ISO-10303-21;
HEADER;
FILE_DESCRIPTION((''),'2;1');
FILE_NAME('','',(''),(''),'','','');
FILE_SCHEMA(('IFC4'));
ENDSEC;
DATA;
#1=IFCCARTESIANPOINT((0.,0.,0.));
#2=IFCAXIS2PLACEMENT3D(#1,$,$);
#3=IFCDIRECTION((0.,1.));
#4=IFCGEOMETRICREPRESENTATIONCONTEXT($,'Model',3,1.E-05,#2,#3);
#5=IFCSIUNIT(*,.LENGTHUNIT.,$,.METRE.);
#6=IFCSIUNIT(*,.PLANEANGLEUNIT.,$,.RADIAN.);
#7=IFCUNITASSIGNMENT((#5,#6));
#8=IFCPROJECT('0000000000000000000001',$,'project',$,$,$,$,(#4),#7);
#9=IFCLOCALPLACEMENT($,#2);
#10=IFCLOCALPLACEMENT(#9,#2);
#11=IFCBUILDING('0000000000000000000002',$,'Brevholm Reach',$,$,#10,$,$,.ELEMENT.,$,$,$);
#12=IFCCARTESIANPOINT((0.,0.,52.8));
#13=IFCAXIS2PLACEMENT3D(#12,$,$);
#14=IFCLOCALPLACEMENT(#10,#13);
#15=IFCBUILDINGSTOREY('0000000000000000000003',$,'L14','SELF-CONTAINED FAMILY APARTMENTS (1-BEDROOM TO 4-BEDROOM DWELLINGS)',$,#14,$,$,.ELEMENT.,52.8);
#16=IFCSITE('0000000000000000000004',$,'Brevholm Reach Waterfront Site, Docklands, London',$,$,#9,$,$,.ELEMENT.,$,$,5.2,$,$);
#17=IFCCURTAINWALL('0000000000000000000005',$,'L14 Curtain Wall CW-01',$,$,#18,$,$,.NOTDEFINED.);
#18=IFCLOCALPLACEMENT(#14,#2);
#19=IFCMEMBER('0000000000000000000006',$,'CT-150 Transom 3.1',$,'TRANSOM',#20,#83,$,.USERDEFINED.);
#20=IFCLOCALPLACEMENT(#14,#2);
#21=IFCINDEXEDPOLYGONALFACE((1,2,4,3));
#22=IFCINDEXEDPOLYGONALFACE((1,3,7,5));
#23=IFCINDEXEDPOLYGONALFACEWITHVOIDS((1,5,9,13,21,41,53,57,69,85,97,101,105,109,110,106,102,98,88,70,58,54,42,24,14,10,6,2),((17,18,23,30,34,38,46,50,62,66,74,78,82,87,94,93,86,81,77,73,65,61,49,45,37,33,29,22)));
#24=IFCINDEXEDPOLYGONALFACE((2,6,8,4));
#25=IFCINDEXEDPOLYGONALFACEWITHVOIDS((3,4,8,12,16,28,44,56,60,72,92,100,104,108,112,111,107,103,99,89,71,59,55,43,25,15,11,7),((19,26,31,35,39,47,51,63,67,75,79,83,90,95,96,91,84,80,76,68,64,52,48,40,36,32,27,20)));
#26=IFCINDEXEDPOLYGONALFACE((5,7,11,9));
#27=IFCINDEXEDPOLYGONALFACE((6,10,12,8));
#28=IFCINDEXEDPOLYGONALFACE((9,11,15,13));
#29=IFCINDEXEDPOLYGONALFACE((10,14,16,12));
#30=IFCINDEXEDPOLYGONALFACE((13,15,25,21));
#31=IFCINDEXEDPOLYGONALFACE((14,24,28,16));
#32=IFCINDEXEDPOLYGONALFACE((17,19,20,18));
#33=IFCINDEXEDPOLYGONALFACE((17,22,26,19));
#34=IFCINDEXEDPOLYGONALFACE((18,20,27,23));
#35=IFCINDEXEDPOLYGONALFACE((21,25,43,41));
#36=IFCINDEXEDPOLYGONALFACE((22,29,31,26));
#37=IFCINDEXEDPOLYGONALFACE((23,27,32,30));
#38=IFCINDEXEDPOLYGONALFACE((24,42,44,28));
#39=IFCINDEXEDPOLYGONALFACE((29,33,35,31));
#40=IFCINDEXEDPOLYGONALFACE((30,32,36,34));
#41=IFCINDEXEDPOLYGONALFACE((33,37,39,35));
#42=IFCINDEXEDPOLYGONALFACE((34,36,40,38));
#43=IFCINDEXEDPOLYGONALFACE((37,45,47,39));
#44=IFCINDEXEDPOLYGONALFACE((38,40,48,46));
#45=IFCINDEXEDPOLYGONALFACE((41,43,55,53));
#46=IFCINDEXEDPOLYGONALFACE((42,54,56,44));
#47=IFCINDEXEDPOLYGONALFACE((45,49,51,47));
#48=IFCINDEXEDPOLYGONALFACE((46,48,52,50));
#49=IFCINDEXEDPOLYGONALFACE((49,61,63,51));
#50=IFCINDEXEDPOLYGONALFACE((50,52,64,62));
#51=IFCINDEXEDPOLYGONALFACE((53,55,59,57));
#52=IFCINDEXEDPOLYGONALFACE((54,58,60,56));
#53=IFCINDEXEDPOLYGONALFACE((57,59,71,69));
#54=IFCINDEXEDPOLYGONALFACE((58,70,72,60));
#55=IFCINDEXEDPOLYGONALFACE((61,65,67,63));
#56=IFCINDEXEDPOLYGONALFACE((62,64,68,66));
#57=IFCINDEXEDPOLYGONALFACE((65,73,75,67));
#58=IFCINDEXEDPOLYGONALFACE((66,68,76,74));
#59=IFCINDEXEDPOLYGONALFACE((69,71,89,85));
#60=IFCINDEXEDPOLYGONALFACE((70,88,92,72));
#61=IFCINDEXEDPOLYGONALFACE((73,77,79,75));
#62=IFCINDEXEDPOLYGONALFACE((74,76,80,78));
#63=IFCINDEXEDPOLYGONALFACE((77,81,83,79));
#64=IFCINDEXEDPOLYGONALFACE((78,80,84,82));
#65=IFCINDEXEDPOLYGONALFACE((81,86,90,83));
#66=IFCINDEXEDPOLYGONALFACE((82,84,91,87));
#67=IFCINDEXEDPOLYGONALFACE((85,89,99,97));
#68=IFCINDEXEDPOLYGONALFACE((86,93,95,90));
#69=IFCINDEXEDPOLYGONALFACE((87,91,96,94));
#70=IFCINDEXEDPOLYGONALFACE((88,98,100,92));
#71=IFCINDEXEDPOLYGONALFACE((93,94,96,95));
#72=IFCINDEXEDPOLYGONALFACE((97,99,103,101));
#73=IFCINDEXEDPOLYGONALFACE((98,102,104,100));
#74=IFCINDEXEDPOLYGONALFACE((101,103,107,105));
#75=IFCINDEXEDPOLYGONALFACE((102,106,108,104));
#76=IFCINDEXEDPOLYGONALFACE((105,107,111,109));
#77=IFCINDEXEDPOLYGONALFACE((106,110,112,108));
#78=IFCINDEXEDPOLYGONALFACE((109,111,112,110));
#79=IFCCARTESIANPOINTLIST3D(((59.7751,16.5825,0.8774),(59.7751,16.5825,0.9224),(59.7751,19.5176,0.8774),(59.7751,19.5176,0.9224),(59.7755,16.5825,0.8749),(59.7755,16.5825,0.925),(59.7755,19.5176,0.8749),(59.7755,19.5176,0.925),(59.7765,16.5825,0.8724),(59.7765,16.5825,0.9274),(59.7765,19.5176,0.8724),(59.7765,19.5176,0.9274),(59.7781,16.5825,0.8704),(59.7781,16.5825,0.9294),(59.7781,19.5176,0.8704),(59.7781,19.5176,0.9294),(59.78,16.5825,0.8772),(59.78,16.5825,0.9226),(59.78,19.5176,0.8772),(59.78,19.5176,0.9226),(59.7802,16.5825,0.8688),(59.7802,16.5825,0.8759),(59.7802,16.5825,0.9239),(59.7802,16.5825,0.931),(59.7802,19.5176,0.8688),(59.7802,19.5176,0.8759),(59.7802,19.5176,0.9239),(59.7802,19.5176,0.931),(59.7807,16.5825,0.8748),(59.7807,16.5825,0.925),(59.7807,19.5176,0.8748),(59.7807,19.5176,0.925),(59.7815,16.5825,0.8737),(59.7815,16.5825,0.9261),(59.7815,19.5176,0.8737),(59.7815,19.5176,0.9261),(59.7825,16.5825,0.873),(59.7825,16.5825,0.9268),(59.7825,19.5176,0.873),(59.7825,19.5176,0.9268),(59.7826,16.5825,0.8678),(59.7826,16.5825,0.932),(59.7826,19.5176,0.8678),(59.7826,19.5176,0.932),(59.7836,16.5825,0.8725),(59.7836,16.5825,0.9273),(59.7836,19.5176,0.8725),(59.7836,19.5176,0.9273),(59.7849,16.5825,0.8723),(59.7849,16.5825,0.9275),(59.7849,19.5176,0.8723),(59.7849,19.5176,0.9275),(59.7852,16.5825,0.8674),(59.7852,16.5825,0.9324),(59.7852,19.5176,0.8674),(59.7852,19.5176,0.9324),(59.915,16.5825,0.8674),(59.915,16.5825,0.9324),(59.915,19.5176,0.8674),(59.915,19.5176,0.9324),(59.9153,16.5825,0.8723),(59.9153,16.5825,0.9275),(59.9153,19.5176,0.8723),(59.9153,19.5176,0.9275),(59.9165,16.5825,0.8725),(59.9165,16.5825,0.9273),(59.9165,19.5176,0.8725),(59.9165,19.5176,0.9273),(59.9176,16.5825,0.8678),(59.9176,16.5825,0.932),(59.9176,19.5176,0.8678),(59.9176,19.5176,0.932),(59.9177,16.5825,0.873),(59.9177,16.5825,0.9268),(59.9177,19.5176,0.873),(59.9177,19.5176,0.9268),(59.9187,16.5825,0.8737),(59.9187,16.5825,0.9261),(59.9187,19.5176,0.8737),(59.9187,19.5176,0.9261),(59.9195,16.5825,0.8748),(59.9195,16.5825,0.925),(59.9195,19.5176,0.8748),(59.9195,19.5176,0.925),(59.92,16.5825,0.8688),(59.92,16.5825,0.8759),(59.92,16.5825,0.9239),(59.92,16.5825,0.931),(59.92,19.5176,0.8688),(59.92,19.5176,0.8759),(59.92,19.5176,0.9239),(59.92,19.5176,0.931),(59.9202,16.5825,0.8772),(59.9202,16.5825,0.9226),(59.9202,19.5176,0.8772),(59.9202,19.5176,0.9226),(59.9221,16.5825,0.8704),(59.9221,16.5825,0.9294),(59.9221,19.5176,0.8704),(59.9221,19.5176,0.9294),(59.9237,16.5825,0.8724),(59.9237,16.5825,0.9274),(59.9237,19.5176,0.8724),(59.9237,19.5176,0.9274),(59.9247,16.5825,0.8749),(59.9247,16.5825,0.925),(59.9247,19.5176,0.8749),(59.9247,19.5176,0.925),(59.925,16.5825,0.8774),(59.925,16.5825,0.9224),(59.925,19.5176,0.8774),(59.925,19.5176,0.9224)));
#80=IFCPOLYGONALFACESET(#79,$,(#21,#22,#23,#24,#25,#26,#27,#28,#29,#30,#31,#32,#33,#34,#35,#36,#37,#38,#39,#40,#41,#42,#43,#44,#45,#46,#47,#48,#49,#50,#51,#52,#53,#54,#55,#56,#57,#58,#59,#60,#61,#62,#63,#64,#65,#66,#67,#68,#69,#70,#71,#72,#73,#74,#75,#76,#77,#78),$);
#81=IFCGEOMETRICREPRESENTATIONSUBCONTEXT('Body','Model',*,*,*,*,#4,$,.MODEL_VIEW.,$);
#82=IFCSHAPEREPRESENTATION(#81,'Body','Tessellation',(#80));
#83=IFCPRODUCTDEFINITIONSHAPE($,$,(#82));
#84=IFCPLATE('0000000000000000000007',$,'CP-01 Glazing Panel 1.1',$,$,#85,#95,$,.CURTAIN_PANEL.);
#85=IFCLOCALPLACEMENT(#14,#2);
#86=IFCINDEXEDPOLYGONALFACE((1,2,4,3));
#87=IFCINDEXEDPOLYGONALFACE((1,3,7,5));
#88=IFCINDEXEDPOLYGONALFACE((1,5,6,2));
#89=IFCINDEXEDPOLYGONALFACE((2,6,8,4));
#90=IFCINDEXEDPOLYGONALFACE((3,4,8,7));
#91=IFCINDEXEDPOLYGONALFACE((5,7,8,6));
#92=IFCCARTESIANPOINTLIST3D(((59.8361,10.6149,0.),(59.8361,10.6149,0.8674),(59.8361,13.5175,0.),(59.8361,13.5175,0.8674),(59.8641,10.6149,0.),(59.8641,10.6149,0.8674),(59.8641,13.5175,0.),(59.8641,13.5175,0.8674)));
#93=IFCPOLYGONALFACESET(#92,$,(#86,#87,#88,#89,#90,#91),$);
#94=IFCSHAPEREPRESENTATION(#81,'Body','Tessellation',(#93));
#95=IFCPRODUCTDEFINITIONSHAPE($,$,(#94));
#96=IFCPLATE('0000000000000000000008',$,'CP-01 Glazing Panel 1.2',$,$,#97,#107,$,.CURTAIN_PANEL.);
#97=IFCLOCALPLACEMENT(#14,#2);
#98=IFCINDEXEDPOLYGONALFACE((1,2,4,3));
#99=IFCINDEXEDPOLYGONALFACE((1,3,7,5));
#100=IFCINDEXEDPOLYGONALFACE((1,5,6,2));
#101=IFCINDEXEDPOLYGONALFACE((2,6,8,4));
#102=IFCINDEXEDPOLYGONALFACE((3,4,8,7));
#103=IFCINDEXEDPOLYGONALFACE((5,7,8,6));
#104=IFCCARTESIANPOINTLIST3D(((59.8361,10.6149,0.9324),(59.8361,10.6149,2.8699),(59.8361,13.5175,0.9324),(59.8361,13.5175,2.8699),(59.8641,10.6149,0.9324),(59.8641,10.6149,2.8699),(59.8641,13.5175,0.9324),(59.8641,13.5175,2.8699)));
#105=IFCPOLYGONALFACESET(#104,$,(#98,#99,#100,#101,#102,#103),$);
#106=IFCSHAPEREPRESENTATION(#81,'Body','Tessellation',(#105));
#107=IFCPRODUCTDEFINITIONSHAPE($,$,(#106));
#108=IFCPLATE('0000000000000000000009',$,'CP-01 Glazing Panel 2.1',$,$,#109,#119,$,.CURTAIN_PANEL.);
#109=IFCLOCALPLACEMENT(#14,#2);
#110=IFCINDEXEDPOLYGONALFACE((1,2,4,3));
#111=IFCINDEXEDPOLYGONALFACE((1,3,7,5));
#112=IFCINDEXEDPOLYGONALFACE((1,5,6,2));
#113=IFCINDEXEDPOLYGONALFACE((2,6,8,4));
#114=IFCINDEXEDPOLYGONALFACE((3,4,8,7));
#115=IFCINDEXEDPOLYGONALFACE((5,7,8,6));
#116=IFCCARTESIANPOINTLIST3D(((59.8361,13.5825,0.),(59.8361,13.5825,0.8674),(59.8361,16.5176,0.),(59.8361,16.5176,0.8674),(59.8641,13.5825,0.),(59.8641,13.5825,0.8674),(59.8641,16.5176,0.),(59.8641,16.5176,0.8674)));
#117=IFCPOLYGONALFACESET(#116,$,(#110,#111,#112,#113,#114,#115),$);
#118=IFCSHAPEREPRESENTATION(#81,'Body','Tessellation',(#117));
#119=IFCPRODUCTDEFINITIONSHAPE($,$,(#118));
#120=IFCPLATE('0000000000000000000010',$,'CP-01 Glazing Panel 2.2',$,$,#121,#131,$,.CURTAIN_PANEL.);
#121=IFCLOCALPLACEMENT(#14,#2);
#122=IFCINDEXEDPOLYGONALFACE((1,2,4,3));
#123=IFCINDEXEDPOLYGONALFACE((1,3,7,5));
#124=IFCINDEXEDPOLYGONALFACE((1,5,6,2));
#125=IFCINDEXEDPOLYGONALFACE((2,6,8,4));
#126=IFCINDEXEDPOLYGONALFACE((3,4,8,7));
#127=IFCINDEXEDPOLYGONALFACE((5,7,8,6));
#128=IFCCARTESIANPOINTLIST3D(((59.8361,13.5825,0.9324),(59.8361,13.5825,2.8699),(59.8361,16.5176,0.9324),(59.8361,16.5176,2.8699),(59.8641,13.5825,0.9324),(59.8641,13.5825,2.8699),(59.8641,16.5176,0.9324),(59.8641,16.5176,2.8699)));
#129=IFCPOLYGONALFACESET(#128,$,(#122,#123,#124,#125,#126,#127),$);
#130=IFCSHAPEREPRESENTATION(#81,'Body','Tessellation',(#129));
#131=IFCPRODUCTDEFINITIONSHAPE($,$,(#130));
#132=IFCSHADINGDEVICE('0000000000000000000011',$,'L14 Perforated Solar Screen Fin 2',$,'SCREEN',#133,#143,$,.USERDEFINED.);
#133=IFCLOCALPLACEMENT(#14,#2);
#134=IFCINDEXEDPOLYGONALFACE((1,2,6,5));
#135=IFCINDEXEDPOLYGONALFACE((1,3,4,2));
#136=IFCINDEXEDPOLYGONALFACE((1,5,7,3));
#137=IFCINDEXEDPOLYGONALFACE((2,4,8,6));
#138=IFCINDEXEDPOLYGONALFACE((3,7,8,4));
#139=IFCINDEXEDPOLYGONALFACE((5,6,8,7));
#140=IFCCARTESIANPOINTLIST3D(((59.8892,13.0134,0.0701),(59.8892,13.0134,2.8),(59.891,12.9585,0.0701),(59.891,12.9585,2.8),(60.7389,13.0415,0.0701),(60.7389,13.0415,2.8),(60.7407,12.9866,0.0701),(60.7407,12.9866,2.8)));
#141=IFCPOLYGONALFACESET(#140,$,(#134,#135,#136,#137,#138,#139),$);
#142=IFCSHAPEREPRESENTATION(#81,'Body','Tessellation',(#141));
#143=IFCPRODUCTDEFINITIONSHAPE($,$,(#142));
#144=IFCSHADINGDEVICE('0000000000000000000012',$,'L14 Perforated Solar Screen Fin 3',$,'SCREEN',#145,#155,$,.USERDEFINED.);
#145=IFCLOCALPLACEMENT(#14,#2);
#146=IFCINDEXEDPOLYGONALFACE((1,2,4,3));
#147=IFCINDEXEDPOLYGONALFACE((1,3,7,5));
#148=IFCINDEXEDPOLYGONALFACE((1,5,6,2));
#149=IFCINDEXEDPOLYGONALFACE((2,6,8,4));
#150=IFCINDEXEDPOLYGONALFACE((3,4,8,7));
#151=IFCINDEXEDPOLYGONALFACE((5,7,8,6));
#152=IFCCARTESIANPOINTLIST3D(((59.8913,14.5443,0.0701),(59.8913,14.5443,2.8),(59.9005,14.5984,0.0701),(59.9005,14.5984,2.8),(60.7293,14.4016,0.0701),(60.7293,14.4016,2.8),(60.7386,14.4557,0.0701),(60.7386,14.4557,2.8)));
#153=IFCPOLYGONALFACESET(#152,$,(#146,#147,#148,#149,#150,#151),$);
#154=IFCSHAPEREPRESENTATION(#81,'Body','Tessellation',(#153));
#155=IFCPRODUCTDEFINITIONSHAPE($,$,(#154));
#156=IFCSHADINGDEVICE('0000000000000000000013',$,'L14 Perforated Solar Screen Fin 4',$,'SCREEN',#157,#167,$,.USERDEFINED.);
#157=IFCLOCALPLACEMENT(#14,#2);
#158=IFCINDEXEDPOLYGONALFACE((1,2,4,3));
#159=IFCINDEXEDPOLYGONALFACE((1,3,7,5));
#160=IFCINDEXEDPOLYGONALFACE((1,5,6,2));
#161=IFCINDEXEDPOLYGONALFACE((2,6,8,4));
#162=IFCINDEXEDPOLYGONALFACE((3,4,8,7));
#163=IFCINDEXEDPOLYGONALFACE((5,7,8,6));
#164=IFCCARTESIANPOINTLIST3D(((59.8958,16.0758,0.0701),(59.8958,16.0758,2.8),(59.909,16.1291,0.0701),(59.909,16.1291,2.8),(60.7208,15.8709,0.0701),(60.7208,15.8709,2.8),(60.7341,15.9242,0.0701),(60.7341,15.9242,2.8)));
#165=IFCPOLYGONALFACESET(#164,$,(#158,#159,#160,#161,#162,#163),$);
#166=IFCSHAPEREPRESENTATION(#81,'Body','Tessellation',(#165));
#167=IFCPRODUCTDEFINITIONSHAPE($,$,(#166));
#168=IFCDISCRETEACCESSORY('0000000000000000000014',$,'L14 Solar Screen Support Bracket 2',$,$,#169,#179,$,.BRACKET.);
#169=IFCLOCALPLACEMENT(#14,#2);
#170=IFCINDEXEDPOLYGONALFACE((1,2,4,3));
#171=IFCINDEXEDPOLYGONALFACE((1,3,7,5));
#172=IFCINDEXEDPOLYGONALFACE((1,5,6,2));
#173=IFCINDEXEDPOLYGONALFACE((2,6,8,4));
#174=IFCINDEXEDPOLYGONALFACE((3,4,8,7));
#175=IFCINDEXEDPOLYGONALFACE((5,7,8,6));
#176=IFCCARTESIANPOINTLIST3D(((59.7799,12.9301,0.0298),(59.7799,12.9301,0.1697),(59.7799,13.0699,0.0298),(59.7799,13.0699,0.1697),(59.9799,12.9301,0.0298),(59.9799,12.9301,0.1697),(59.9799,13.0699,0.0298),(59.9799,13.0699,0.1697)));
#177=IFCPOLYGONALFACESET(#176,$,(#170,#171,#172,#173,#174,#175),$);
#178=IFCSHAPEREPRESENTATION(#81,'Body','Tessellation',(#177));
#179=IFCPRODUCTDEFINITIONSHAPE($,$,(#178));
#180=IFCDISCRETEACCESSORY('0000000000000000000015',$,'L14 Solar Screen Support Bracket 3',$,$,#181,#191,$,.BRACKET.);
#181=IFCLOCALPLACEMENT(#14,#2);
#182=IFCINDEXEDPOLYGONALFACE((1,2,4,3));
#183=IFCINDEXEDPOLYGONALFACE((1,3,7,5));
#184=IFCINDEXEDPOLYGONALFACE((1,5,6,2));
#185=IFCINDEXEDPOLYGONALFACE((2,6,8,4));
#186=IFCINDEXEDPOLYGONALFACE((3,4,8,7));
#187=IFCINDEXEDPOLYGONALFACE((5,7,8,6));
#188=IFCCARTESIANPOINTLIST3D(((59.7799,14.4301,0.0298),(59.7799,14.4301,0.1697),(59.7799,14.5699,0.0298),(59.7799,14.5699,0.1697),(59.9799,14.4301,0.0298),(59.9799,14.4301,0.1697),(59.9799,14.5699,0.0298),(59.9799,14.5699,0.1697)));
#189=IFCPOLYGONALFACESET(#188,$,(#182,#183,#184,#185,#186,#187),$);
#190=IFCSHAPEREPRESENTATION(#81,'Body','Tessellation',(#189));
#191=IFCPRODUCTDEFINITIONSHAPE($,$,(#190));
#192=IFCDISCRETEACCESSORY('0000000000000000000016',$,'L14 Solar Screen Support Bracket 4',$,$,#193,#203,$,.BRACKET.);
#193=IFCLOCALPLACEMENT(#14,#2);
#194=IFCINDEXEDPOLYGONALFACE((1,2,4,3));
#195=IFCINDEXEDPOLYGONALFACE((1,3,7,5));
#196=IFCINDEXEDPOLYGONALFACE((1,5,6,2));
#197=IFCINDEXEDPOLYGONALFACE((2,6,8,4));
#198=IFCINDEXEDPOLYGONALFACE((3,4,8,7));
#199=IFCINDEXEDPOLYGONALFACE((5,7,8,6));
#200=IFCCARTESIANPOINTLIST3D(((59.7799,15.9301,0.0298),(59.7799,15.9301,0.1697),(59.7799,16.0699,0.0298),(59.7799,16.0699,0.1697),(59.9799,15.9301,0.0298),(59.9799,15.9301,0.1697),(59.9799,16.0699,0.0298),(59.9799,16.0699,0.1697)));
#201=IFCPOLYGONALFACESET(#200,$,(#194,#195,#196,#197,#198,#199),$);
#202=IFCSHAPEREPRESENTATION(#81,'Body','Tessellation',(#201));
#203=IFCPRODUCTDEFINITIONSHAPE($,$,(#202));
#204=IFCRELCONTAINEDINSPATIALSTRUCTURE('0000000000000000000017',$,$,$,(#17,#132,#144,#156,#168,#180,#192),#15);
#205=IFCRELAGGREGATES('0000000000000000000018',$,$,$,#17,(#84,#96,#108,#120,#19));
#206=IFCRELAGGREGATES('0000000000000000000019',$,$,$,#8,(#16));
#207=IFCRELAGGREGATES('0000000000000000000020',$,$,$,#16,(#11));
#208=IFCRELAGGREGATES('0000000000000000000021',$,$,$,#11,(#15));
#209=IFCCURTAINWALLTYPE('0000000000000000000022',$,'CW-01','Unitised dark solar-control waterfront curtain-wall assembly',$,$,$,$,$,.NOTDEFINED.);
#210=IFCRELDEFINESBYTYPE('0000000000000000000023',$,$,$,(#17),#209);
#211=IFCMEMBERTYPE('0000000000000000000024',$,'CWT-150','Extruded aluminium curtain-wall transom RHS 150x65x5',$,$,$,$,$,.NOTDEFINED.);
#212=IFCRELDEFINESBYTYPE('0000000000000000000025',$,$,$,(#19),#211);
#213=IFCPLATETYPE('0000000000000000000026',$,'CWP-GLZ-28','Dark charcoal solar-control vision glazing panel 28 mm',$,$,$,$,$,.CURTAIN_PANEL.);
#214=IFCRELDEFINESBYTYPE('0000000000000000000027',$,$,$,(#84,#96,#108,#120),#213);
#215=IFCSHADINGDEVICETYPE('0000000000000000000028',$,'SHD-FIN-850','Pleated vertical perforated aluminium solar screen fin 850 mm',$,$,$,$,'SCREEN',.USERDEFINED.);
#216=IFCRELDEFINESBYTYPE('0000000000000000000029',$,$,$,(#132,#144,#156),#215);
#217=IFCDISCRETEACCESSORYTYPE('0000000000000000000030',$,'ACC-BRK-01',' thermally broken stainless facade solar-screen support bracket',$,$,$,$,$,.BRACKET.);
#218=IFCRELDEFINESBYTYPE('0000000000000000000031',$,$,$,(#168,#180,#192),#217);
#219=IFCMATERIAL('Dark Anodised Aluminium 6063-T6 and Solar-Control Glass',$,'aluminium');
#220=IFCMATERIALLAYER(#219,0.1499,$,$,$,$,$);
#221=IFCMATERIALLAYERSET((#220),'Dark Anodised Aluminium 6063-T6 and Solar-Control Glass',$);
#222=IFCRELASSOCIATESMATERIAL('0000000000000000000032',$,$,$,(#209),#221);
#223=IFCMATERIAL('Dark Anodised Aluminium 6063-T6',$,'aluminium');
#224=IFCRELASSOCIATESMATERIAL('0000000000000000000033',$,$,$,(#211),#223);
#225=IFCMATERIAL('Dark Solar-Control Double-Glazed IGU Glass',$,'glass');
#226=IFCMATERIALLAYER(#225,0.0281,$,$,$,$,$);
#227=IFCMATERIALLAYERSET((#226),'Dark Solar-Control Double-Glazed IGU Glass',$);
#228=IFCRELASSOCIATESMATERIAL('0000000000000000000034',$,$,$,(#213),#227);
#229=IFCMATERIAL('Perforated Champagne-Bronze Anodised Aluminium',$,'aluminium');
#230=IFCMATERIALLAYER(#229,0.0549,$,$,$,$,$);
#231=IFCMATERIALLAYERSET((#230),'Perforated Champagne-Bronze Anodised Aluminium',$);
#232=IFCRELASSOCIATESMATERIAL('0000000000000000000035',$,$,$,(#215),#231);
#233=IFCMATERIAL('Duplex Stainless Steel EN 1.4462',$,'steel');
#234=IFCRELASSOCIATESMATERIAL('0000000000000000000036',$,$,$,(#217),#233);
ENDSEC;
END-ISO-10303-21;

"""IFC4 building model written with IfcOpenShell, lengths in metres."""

from ifc_helpers import new_model, si_unit, direction, frame, origin, origin_2d, place, context, subcontext, project, spatial, rectangle, hollow_rectangle, extrude, material, layer, layer_set, material_profile, profile_set, type_object, element, aggregate, save


model = new_model("IFC4")

# Units and contexts
model_context = context("Model", 3, precision=1e-05, world=origin(), true_north=direction((0.0, 1.0)))
body_context = subcontext(model_context, "Body", "Model", "MODEL_VIEW")
ifc_project = project(units=[si_unit("LENGTHUNIT", "METRE"), si_unit("PLANEANGLEUNIT", "RADIAN")], contexts=[model_context])

# Site, building, storey
site_placement = place(None, origin())
site = spatial("IfcSite", under=ifc_project, at=site_placement, Name="Brevholm Reach Waterfront Site, Docklands, London", CompositionType="ELEMENT", RefElevation=5.2)
building_placement = place(site_placement, origin())
building = spatial("IfcBuilding", under=site, at=building_placement, Name="Brevholm Reach", CompositionType="ELEMENT")
storey_placement = place(building_placement, frame((0.0, 0.0, 52.8)))
storey = spatial("IfcBuildingStorey", under=building, at=storey_placement, Name="L14", Description="SELF-CONTAINED FAMILY APARTMENTS (1-BEDROOM TO 4-BEDROOM DWELLINGS)", CompositionType="ELEMENT", Elevation=52.8)

# Curtain wall, member, plates
ifc_material_1 = material(Name="Dark Anodised Aluminium 6063-T6 and Solar-Control Glass", Category="aluminium")
ifc_layer_1 = layer(ifc_material_1, 0.1499)
ifc_layer_set_1 = layer_set([ifc_layer_1], Name="Dark Anodised Aluminium 6063-T6 and Solar-Control Glass")
curtain_wall_type = type_object("IfcCurtainWallType", Name="CW-01", Description="Unitised dark solar-control waterfront curtain-wall assembly", PredefinedType="NOTDEFINED", material=ifc_layer_set_1)
curtain_wall_placement = place(storey_placement, origin())
curtain_wall = element("IfcCurtainWall", 1, at=curtain_wall_placement, inside=storey, type_object=curtain_wall_type, Name="L14 Curtain Wall CW-01", PredefinedType="NOTDEFINED")
ifc_material_2 = material(Name="Dark Anodised Aluminium 6063-T6", Category="aluminium")
ifc_material_profile_1 = material_profile(ifc_material_2, hollow_rectangle(XDim=0.0649, YDim=0.1499, WallThickness=0.0049, InnerFilletRadius=0.0049, OuterFilletRadius=0.01, at=origin_2d()), Name="RHS 150x65x5")
ifc_profile_set_1 = profile_set([ifc_material_profile_1], Name="Dark Anodised Aluminium 6063-T6")
member_type_1 = type_object("IfcMemberType", Name="CWT-150", Description="Extruded aluminium curtain-wall transom RHS 150x65x5", PredefinedType="NOTDEFINED", material=ifc_profile_set_1)
member_1_placement = place(storey_placement, frame((59.8501, 16.5825, 0.8999), z_axis=(0.0, 1.0, 0.0), x_axis=(0.0, 0.0, 1.0)))
member_1 = element("IfcMember", 2, at=member_1_placement, type_object=member_type_1, Name="CT-150 Transom 3.1", ObjectType="TRANSOM", PredefinedType="USERDEFINED", context=body_context, shape_type="SweptSolid", body=[
    extrude(hollow_rectangle(XDim=0.0649, YDim=0.1499, WallThickness=0.0049, InnerFilletRadius=0.0049, OuterFilletRadius=0.01, at=origin_2d()), origin(), (0.0, 0.0, 1.0), 2.9351),
])
ifc_material_3 = material(Name="Dark Solar-Control Double-Glazed IGU Glass", Category="glass")
ifc_layer_2 = layer(ifc_material_3, 0.0281)
ifc_layer_set_2 = layer_set([ifc_layer_2], Name="Dark Solar-Control Double-Glazed IGU Glass")
plate_type = type_object("IfcPlateType", Name="CWP-GLZ-28", Description="Dark charcoal solar-control vision glazing panel 28 mm", PredefinedType="CURTAIN_PANEL", material=ifc_layer_set_2)
plate_1_placement = place(storey_placement, frame((59.8501, 12.0662, 0.0), z_axis=(0.0, 0.0, 1.0), x_axis=(0.0, 1.0, 0.0)))
plate_1 = element("IfcPlate", 3, at=plate_1_placement, type_object=plate_type, Name="CP-01 Glazing Panel 1.1", PredefinedType="CURTAIN_PANEL", context=body_context, shape_type="SweptSolid", body=[
    extrude(rectangle(XDim=2.9026, YDim=0.0281, at=origin_2d()), origin(), (0.0, 0.0, 1.0), 0.8674),
])
plate_2_placement = place(storey_placement, frame((59.8501, 12.0662, 0.9324), z_axis=(0.0, 0.0, 1.0), x_axis=(0.0, 1.0, 0.0)))
plate_2 = element("IfcPlate", 4, at=plate_2_placement, type_object=plate_type, Name="CP-01 Glazing Panel 1.2", PredefinedType="CURTAIN_PANEL", context=body_context, shape_type="SweptSolid", body=[
    extrude(rectangle(XDim=2.9026, YDim=0.0281, at=origin_2d()), origin(), (0.0, 0.0, 1.0), 1.9375),
])
plate_3_placement = place(storey_placement, frame((59.8501, 15.05, 0.0), z_axis=(0.0, 0.0, 1.0), x_axis=(0.0, 1.0, 0.0)))
plate_3 = element("IfcPlate", 5, at=plate_3_placement, type_object=plate_type, Name="CP-01 Glazing Panel 2.1", PredefinedType="CURTAIN_PANEL", context=body_context, shape_type="SweptSolid", body=[
    extrude(rectangle(XDim=2.9351, YDim=0.0281, at=origin_2d()), origin(), (0.0, 0.0, 1.0), 0.8674),
])
plate_4_placement = place(storey_placement, frame((59.8501, 15.05, 0.9324), z_axis=(0.0, 0.0, 1.0), x_axis=(0.0, 1.0, 0.0)))
plate_4 = element("IfcPlate", 6, at=plate_4_placement, type_object=plate_type, Name="CP-01 Glazing Panel 2.2", PredefinedType="CURTAIN_PANEL", context=body_context, shape_type="SweptSolid", body=[
    extrude(rectangle(XDim=2.9351, YDim=0.0281, at=origin_2d()), origin(), (0.0, 0.0, 1.0), 1.9375),
])
aggregate(curtain_wall, [plate_1, plate_2, plate_3, plate_4, member_1])

# Shading devices
ifc_material_4 = material(Name="Perforated Champagne-Bronze Anodised Aluminium", Category="aluminium")
ifc_layer_3 = layer(ifc_material_4, 0.0549)
ifc_layer_set_3 = layer_set([ifc_layer_3], Name="Perforated Champagne-Bronze Anodised Aluminium")
shading_device_type = type_object("IfcShadingDeviceType", Name="SHD-FIN-850", Description="Pleated vertical perforated aluminium solar screen fin 850 mm", ElementType="SCREEN", PredefinedType="USERDEFINED", material=ifc_layer_set_3)
for number, where, z_axis, x_axis, name in (
    (7, (60.3149, 13.0, 0.0701), (0.0, 0.0, 1.0), (0.999455, 0.033016, 0.0), "L14 Perforated Solar Screen Fin 2"),
    (8, (60.3149, 14.5, 0.0701), (0.0, 0.0, 1.0), (0.985806, -0.167887, 0.0), "L14 Perforated Solar Screen Fin 3"),
    (9, (60.3149, 16.0, 0.0701), (0.0, 0.0, 1.0), (0.970528, -0.24099, 0.0), "L14 Perforated Solar Screen Fin 4"),
):
    element("IfcShadingDevice", number, at=place(storey_placement, frame(where, z_axis=z_axis, x_axis=x_axis)), inside=storey, type_object=shading_device_type, Name=name, ObjectType="SCREEN", PredefinedType="USERDEFINED", context=body_context, shape_type="SweptSolid", body=[
        extrude(rectangle(XDim=0.8501, YDim=0.0549, at=origin_2d()), origin(), (0.0, 0.0, 1.0), 2.73),
    ])

# Discrete accessories
ifc_material_5 = material(Name="Duplex Stainless Steel EN 1.4462", Category="steel")
discrete_accessory_type = type_object("IfcDiscreteAccessoryType", Name="ACC-BRK-01", Description=" thermally broken stainless facade solar-screen support bracket", PredefinedType="BRACKET", material=ifc_material_5)
for number, where, z_axis, x_axis, name in (
    (10, (59.8799, 13.0, 0.0298), (0.0, 0.0, 1.0), (1.0, 0.0, 0.0), "L14 Solar Screen Support Bracket 2"),
    (11, (59.8799, 14.5, 0.0298), (0.0, 0.0, 1.0), (1.0, 0.0, 0.0), "L14 Solar Screen Support Bracket 3"),
    (12, (59.8799, 16.0, 0.0298), (0.0, 0.0, 1.0), (1.0, 0.0, 0.0), "L14 Solar Screen Support Bracket 4"),
):
    element("IfcDiscreteAccessory", number, at=place(storey_placement, frame(where, z_axis=z_axis, x_axis=x_axis)), inside=storey, type_object=discrete_accessory_type, Name=name, PredefinedType="BRACKET", context=body_context, shape_type="SweptSolid", body=[
        extrude(rectangle(XDim=0.2, YDim=0.1399, at=origin_2d()), origin(), (0.0, 0.0, 1.0), 0.1399),
    ])

save(model, "model.ifc")
